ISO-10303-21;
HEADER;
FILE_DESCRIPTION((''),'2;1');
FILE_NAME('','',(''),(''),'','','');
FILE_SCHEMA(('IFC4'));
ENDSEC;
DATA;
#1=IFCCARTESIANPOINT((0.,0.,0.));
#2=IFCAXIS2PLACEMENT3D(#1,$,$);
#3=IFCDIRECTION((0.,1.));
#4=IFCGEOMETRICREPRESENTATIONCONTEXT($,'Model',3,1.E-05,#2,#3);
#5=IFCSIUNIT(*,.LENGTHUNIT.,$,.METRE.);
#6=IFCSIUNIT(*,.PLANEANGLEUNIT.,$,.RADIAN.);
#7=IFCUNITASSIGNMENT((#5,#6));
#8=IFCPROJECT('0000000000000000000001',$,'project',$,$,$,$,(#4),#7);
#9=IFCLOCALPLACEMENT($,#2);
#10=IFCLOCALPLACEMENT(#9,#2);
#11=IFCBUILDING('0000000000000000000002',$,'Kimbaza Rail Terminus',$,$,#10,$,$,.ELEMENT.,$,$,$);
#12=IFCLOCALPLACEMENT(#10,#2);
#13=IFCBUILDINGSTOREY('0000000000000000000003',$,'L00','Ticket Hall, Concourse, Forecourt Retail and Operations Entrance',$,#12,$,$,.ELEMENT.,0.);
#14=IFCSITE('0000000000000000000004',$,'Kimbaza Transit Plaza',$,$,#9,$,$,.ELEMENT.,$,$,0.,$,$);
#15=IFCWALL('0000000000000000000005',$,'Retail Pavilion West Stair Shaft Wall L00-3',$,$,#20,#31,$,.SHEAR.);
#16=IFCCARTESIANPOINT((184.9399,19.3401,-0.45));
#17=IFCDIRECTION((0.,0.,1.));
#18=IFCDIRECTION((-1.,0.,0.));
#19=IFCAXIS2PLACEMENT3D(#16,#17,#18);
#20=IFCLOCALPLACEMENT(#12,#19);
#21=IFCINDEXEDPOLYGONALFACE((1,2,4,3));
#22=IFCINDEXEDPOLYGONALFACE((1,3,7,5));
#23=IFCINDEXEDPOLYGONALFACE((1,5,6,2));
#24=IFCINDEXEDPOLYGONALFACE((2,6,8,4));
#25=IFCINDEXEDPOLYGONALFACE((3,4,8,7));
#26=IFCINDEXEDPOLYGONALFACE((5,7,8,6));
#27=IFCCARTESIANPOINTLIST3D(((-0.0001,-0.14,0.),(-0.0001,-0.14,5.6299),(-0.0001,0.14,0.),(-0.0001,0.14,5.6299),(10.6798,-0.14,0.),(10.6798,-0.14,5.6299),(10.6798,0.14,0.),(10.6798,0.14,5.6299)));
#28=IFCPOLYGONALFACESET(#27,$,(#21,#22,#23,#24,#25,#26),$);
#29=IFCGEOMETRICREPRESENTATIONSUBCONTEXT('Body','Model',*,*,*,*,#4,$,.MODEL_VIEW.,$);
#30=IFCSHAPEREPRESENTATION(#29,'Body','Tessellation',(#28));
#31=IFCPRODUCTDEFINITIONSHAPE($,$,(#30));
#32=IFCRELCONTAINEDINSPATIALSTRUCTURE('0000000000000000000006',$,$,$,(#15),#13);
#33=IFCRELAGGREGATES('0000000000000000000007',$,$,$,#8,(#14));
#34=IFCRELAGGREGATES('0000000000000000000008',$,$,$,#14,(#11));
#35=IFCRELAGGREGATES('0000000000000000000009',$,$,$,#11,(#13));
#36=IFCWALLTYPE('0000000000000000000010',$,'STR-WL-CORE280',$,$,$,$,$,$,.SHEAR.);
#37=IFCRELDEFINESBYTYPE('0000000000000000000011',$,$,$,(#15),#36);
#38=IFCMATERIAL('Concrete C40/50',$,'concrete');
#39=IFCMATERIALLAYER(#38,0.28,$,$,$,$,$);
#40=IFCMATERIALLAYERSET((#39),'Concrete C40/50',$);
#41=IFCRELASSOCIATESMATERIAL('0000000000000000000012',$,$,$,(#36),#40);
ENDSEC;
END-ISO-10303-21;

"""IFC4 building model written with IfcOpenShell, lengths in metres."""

from ifc_helpers import new_model, si_unit, direction, frame, frame_2d, origin, place, context, subcontext, project, spatial, rectangle, extrude, material, layer, layer_set, type_object, element, save


model = new_model("IFC4")

# Units and contexts
model_context = context("Model", 3, precision=1e-05, world=origin(), true_north=direction((0.0, 1.0)))
body_context = subcontext(model_context, "Body", "Model", "MODEL_VIEW")
ifc_project = project(units=[si_unit("LENGTHUNIT", "METRE"), si_unit("PLANEANGLEUNIT", "RADIAN")], contexts=[model_context])

# Site, building, storey
site_placement = place(None, origin())
site = spatial("IfcSite", under=ifc_project, at=site_placement, Name="Kimbaza Transit Plaza", CompositionType="ELEMENT", RefElevation=0.0)
building_placement = place(site_placement, origin())
building = spatial("IfcBuilding", under=site, at=building_placement, Name="Kimbaza Rail Terminus", CompositionType="ELEMENT")
storey_placement = place(building_placement, origin())
storey = spatial("IfcBuildingStorey", under=building, at=storey_placement, Name="L00", Description="Ticket Hall, Concourse, Forecourt Retail and Operations Entrance", CompositionType="ELEMENT", Elevation=0.0)

# Shared definitions
ifc_material_1 = material(Name="Concrete C40/50", Category="concrete")
ifc_layer_1 = layer(ifc_material_1, 0.28)
ifc_layer_set_1 = layer_set([ifc_layer_1], Name="Concrete C40/50")
wall_type_1 = type_object("IfcWallType", Name="STR-WL-CORE280", PredefinedType="SHEAR", material=ifc_layer_set_1)

# Wall
wall_1_placement = place(storey_placement, frame((184.9399, 19.3401, -0.45), z_axis=(0.0, 0.0, 1.0), x_axis=(-1.0, 0.0, 0.0)))
element("IfcWall", 1, at=wall_1_placement, inside=storey, type_object=wall_type_1, Name="Retail Pavilion West Stair Shaft Wall L00-3", PredefinedType="SHEAR", context=body_context, shape_type="SweptSolid", body=[
    extrude(rectangle(XDim=10.6799, YDim=0.28, at=frame_2d((5.3398, 0.0))), origin(), (0.0, 0.0, 1.0), 5.6299),
])

save(model, "model.ifc")
